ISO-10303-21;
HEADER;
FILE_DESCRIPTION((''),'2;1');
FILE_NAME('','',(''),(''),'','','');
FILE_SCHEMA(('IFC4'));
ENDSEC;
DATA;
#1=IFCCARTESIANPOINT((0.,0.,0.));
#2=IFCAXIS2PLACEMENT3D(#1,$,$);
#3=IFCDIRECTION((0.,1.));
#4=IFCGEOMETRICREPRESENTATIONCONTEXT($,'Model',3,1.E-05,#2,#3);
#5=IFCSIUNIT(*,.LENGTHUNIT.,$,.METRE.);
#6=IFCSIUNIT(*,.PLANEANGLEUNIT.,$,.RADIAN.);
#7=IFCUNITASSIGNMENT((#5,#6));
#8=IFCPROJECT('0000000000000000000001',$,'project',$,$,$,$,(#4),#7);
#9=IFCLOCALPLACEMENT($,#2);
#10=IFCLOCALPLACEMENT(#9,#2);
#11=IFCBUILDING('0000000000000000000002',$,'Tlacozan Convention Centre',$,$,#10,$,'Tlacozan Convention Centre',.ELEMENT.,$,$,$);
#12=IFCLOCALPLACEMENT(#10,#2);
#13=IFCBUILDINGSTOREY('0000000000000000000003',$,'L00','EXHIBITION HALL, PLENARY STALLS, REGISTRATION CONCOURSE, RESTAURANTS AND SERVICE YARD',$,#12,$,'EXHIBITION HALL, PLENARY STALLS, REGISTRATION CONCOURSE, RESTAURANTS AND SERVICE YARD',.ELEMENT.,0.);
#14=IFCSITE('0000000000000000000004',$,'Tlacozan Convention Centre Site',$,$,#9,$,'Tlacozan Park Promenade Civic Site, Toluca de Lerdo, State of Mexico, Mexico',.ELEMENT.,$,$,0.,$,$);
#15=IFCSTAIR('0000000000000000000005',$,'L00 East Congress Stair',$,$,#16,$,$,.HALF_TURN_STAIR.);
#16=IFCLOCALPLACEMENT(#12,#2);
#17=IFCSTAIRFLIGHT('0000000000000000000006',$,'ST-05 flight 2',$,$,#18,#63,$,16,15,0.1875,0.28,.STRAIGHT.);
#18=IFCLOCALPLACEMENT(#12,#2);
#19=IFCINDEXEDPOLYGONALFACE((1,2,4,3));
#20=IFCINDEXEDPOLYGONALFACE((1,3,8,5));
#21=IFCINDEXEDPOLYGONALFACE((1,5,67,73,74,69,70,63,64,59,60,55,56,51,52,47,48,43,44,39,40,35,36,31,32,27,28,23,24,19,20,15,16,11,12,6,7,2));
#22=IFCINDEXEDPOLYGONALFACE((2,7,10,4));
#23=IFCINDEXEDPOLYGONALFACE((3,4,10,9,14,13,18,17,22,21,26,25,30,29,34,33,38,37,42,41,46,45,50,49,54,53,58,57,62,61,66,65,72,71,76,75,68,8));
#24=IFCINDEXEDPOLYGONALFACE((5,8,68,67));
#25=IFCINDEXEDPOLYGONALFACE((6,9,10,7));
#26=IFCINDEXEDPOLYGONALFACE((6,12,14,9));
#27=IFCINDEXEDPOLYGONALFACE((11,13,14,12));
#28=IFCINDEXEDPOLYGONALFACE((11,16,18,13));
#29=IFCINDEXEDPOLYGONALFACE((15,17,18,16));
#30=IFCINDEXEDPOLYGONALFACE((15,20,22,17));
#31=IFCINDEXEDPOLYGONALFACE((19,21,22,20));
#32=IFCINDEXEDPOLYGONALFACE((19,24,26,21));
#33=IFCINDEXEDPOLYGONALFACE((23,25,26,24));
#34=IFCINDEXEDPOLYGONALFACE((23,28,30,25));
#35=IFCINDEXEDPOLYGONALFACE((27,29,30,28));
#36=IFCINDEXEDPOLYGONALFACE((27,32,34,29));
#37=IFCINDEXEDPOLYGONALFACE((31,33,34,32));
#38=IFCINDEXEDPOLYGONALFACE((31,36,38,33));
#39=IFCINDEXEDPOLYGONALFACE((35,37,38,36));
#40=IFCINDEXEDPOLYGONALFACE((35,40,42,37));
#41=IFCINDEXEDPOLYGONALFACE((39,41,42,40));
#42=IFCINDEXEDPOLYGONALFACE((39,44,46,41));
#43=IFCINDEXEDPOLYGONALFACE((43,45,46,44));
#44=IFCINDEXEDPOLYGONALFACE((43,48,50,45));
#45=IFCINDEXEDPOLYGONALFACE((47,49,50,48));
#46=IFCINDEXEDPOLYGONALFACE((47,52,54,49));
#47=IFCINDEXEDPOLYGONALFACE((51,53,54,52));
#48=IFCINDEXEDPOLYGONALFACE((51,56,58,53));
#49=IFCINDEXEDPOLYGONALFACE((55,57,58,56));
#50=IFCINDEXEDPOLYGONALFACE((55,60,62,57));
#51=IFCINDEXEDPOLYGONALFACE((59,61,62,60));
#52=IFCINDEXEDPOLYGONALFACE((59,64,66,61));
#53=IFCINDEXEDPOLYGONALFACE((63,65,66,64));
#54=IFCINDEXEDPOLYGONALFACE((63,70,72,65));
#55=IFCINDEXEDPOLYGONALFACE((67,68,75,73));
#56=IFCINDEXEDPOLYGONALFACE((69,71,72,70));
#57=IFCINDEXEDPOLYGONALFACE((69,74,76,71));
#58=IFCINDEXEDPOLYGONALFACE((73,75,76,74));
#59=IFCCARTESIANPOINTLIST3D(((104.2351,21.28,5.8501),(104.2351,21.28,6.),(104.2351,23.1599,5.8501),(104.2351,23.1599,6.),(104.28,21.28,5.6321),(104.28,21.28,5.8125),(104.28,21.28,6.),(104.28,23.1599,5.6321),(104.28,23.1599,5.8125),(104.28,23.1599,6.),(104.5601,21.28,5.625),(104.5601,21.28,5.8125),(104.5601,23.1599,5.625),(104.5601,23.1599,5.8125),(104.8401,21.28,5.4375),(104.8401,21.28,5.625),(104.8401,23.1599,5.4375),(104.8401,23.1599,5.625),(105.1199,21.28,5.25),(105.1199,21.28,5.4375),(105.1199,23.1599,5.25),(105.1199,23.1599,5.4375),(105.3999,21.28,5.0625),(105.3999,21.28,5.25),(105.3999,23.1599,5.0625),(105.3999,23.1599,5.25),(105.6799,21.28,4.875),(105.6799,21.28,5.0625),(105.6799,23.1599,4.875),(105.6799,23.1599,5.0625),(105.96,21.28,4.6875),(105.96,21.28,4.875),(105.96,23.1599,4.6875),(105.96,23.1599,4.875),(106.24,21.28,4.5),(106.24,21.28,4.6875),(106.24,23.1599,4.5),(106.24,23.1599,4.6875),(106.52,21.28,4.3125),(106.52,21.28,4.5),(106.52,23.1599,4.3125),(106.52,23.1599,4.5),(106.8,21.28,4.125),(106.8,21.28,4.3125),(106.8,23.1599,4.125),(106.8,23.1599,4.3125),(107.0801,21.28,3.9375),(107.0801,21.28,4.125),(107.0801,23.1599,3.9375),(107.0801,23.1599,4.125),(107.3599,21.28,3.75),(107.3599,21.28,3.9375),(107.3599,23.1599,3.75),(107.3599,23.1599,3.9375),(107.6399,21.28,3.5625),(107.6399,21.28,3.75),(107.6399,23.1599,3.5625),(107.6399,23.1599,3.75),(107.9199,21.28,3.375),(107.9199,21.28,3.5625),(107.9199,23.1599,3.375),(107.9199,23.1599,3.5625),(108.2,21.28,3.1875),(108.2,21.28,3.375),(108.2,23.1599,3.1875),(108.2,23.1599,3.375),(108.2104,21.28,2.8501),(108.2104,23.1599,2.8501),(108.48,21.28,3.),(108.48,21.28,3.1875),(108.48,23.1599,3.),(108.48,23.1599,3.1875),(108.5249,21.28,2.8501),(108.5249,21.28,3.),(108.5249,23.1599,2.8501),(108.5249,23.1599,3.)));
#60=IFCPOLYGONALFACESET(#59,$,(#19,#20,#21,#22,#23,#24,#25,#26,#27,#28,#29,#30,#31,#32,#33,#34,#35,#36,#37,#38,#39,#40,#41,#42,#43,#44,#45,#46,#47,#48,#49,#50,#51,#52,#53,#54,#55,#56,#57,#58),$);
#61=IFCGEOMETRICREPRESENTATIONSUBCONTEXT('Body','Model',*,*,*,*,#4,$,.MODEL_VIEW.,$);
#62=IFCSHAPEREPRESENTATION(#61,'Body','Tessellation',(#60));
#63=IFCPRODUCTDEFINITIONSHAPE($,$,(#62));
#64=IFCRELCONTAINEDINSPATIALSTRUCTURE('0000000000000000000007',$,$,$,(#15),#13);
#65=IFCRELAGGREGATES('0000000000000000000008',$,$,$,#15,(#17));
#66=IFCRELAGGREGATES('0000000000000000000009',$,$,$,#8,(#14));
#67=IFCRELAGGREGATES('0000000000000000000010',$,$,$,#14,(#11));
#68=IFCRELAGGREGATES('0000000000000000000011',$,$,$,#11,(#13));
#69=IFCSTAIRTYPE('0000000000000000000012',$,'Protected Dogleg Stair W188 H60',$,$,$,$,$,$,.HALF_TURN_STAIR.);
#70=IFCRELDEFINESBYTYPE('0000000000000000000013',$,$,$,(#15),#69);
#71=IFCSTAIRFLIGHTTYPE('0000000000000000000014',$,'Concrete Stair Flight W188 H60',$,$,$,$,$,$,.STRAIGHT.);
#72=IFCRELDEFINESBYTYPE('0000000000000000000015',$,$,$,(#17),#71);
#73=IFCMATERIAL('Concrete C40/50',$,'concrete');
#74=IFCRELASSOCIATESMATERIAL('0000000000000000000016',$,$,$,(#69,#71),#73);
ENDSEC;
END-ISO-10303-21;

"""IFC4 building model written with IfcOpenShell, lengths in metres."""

from ifc_helpers import new_model, si_unit, direction, frame, origin, place, context, subcontext, project, spatial, polyline, outline, extrude, material, type_object, element, aggregate, save


model = new_model("IFC4")

# Units and contexts
model_context = context("Model", 3, precision=1e-05, world=origin(), true_north=direction((0.0, 1.0)))
body_context = subcontext(model_context, "Body", "Model", "MODEL_VIEW")
ifc_project = project(units=[si_unit("LENGTHUNIT", "METRE"), si_unit("PLANEANGLEUNIT", "RADIAN")], contexts=[model_context])

# Site, building, storey
site_placement = place(None, origin())
site = spatial("IfcSite", under=ifc_project, at=site_placement, Name="Tlacozan Convention Centre Site", LongName="Tlacozan Park Promenade Civic Site, Toluca de Lerdo, State of Mexico, Mexico", CompositionType="ELEMENT", RefElevation=0.0)
building_placement = place(site_placement, origin())
building = spatial("IfcBuilding", under=site, at=building_placement, Name="Tlacozan Convention Centre", LongName="Tlacozan Convention Centre", CompositionType="ELEMENT")
storey_placement = place(building_placement, origin())
storey = spatial("IfcBuildingStorey", under=building, at=storey_placement, Name="L00", Description="EXHIBITION HALL, PLENARY STALLS, REGISTRATION CONCOURSE, RESTAURANTS AND SERVICE YARD", LongName="EXHIBITION HALL, PLENARY STALLS, REGISTRATION CONCOURSE, RESTAURANTS AND SERVICE YARD", CompositionType="ELEMENT", Elevation=0.0)

# Shared definitions
ifc_material_1 = material(Name="Concrete C40/50", Category="concrete")

# Stair, stair flight
stair_type_1 = type_object("IfcStairType", Name="Protected Dogleg Stair W188 H60", PredefinedType="HALF_TURN_STAIR", material=ifc_material_1)
stair_1_placement = place(storey_placement, origin())
stair_1 = element("IfcStair", 1, at=stair_1_placement, inside=storey, type_object=stair_type_1, Name="L00 East Congress Stair", PredefinedType="HALF_TURN_STAIR")
stair_flight_type_1 = type_object("IfcStairFlightType", Name="Concrete Stair Flight W188 H60", PredefinedType="STRAIGHT", material=ifc_material_1)
stair_flight_1_placement = place(storey_placement, frame((108.48, 22.22, 3.0), z_axis=(0.0, 0.0, 1.0), x_axis=(-1.0, 0.0, 0.0)))
stair_flight_1 = element("IfcStairFlight", 2, at=stair_flight_1_placement, type_object=stair_flight_type_1, Name="ST-05 flight 2", NumberOfRisers=16, NumberOfTreads=15, PredefinedType="STRAIGHT", RiserHeight=0.1875, TreadLength=0.28, context=body_context, shape_type="SweptSolid", body=[
    extrude(outline(polyline([(-0.0449, -0.1499), (-0.0449, 0.0), (0.0, 0.0), (0.0, 0.1875), (0.28, 0.1875), (0.28, 0.375), (0.5601, 0.375), (0.5601, 0.5625), (0.8401, 0.5625), (0.8401, 0.75), (1.1201, 0.75), (1.1201, 0.9375), (1.3999, 0.9375), (1.3999, 1.125), (1.6799, 1.125), (1.6799, 1.3125), (1.96, 1.3125), (1.96, 1.5), (2.24, 1.5), (2.24, 1.6875), (2.52, 1.6875), (2.52, 1.875), (2.8, 1.875), (2.8, 2.0625), (3.0801, 2.0625), (3.0801, 2.25), (3.3601, 2.25), (3.3601, 2.4375), (3.6399, 2.4375), (3.6399, 2.625), (3.9199, 2.625), (3.9199, 2.8125), (4.2, 2.8125), (4.2, 3.0), (4.2449, 3.0), (4.2449, 2.8501), (4.2, 2.6321), (0.2695, -0.1499), (-0.0449, -0.1499)])), frame((0.0, 0.9399, 0.0), z_axis=(0.0, -1.0, 0.0), x_axis=(1.0, 0.0, 0.0)), (0.0, 0.0, 1.0), 1.8799),
])
aggregate(stair_1, [stair_flight_1])

save(model, "model.ifc")
